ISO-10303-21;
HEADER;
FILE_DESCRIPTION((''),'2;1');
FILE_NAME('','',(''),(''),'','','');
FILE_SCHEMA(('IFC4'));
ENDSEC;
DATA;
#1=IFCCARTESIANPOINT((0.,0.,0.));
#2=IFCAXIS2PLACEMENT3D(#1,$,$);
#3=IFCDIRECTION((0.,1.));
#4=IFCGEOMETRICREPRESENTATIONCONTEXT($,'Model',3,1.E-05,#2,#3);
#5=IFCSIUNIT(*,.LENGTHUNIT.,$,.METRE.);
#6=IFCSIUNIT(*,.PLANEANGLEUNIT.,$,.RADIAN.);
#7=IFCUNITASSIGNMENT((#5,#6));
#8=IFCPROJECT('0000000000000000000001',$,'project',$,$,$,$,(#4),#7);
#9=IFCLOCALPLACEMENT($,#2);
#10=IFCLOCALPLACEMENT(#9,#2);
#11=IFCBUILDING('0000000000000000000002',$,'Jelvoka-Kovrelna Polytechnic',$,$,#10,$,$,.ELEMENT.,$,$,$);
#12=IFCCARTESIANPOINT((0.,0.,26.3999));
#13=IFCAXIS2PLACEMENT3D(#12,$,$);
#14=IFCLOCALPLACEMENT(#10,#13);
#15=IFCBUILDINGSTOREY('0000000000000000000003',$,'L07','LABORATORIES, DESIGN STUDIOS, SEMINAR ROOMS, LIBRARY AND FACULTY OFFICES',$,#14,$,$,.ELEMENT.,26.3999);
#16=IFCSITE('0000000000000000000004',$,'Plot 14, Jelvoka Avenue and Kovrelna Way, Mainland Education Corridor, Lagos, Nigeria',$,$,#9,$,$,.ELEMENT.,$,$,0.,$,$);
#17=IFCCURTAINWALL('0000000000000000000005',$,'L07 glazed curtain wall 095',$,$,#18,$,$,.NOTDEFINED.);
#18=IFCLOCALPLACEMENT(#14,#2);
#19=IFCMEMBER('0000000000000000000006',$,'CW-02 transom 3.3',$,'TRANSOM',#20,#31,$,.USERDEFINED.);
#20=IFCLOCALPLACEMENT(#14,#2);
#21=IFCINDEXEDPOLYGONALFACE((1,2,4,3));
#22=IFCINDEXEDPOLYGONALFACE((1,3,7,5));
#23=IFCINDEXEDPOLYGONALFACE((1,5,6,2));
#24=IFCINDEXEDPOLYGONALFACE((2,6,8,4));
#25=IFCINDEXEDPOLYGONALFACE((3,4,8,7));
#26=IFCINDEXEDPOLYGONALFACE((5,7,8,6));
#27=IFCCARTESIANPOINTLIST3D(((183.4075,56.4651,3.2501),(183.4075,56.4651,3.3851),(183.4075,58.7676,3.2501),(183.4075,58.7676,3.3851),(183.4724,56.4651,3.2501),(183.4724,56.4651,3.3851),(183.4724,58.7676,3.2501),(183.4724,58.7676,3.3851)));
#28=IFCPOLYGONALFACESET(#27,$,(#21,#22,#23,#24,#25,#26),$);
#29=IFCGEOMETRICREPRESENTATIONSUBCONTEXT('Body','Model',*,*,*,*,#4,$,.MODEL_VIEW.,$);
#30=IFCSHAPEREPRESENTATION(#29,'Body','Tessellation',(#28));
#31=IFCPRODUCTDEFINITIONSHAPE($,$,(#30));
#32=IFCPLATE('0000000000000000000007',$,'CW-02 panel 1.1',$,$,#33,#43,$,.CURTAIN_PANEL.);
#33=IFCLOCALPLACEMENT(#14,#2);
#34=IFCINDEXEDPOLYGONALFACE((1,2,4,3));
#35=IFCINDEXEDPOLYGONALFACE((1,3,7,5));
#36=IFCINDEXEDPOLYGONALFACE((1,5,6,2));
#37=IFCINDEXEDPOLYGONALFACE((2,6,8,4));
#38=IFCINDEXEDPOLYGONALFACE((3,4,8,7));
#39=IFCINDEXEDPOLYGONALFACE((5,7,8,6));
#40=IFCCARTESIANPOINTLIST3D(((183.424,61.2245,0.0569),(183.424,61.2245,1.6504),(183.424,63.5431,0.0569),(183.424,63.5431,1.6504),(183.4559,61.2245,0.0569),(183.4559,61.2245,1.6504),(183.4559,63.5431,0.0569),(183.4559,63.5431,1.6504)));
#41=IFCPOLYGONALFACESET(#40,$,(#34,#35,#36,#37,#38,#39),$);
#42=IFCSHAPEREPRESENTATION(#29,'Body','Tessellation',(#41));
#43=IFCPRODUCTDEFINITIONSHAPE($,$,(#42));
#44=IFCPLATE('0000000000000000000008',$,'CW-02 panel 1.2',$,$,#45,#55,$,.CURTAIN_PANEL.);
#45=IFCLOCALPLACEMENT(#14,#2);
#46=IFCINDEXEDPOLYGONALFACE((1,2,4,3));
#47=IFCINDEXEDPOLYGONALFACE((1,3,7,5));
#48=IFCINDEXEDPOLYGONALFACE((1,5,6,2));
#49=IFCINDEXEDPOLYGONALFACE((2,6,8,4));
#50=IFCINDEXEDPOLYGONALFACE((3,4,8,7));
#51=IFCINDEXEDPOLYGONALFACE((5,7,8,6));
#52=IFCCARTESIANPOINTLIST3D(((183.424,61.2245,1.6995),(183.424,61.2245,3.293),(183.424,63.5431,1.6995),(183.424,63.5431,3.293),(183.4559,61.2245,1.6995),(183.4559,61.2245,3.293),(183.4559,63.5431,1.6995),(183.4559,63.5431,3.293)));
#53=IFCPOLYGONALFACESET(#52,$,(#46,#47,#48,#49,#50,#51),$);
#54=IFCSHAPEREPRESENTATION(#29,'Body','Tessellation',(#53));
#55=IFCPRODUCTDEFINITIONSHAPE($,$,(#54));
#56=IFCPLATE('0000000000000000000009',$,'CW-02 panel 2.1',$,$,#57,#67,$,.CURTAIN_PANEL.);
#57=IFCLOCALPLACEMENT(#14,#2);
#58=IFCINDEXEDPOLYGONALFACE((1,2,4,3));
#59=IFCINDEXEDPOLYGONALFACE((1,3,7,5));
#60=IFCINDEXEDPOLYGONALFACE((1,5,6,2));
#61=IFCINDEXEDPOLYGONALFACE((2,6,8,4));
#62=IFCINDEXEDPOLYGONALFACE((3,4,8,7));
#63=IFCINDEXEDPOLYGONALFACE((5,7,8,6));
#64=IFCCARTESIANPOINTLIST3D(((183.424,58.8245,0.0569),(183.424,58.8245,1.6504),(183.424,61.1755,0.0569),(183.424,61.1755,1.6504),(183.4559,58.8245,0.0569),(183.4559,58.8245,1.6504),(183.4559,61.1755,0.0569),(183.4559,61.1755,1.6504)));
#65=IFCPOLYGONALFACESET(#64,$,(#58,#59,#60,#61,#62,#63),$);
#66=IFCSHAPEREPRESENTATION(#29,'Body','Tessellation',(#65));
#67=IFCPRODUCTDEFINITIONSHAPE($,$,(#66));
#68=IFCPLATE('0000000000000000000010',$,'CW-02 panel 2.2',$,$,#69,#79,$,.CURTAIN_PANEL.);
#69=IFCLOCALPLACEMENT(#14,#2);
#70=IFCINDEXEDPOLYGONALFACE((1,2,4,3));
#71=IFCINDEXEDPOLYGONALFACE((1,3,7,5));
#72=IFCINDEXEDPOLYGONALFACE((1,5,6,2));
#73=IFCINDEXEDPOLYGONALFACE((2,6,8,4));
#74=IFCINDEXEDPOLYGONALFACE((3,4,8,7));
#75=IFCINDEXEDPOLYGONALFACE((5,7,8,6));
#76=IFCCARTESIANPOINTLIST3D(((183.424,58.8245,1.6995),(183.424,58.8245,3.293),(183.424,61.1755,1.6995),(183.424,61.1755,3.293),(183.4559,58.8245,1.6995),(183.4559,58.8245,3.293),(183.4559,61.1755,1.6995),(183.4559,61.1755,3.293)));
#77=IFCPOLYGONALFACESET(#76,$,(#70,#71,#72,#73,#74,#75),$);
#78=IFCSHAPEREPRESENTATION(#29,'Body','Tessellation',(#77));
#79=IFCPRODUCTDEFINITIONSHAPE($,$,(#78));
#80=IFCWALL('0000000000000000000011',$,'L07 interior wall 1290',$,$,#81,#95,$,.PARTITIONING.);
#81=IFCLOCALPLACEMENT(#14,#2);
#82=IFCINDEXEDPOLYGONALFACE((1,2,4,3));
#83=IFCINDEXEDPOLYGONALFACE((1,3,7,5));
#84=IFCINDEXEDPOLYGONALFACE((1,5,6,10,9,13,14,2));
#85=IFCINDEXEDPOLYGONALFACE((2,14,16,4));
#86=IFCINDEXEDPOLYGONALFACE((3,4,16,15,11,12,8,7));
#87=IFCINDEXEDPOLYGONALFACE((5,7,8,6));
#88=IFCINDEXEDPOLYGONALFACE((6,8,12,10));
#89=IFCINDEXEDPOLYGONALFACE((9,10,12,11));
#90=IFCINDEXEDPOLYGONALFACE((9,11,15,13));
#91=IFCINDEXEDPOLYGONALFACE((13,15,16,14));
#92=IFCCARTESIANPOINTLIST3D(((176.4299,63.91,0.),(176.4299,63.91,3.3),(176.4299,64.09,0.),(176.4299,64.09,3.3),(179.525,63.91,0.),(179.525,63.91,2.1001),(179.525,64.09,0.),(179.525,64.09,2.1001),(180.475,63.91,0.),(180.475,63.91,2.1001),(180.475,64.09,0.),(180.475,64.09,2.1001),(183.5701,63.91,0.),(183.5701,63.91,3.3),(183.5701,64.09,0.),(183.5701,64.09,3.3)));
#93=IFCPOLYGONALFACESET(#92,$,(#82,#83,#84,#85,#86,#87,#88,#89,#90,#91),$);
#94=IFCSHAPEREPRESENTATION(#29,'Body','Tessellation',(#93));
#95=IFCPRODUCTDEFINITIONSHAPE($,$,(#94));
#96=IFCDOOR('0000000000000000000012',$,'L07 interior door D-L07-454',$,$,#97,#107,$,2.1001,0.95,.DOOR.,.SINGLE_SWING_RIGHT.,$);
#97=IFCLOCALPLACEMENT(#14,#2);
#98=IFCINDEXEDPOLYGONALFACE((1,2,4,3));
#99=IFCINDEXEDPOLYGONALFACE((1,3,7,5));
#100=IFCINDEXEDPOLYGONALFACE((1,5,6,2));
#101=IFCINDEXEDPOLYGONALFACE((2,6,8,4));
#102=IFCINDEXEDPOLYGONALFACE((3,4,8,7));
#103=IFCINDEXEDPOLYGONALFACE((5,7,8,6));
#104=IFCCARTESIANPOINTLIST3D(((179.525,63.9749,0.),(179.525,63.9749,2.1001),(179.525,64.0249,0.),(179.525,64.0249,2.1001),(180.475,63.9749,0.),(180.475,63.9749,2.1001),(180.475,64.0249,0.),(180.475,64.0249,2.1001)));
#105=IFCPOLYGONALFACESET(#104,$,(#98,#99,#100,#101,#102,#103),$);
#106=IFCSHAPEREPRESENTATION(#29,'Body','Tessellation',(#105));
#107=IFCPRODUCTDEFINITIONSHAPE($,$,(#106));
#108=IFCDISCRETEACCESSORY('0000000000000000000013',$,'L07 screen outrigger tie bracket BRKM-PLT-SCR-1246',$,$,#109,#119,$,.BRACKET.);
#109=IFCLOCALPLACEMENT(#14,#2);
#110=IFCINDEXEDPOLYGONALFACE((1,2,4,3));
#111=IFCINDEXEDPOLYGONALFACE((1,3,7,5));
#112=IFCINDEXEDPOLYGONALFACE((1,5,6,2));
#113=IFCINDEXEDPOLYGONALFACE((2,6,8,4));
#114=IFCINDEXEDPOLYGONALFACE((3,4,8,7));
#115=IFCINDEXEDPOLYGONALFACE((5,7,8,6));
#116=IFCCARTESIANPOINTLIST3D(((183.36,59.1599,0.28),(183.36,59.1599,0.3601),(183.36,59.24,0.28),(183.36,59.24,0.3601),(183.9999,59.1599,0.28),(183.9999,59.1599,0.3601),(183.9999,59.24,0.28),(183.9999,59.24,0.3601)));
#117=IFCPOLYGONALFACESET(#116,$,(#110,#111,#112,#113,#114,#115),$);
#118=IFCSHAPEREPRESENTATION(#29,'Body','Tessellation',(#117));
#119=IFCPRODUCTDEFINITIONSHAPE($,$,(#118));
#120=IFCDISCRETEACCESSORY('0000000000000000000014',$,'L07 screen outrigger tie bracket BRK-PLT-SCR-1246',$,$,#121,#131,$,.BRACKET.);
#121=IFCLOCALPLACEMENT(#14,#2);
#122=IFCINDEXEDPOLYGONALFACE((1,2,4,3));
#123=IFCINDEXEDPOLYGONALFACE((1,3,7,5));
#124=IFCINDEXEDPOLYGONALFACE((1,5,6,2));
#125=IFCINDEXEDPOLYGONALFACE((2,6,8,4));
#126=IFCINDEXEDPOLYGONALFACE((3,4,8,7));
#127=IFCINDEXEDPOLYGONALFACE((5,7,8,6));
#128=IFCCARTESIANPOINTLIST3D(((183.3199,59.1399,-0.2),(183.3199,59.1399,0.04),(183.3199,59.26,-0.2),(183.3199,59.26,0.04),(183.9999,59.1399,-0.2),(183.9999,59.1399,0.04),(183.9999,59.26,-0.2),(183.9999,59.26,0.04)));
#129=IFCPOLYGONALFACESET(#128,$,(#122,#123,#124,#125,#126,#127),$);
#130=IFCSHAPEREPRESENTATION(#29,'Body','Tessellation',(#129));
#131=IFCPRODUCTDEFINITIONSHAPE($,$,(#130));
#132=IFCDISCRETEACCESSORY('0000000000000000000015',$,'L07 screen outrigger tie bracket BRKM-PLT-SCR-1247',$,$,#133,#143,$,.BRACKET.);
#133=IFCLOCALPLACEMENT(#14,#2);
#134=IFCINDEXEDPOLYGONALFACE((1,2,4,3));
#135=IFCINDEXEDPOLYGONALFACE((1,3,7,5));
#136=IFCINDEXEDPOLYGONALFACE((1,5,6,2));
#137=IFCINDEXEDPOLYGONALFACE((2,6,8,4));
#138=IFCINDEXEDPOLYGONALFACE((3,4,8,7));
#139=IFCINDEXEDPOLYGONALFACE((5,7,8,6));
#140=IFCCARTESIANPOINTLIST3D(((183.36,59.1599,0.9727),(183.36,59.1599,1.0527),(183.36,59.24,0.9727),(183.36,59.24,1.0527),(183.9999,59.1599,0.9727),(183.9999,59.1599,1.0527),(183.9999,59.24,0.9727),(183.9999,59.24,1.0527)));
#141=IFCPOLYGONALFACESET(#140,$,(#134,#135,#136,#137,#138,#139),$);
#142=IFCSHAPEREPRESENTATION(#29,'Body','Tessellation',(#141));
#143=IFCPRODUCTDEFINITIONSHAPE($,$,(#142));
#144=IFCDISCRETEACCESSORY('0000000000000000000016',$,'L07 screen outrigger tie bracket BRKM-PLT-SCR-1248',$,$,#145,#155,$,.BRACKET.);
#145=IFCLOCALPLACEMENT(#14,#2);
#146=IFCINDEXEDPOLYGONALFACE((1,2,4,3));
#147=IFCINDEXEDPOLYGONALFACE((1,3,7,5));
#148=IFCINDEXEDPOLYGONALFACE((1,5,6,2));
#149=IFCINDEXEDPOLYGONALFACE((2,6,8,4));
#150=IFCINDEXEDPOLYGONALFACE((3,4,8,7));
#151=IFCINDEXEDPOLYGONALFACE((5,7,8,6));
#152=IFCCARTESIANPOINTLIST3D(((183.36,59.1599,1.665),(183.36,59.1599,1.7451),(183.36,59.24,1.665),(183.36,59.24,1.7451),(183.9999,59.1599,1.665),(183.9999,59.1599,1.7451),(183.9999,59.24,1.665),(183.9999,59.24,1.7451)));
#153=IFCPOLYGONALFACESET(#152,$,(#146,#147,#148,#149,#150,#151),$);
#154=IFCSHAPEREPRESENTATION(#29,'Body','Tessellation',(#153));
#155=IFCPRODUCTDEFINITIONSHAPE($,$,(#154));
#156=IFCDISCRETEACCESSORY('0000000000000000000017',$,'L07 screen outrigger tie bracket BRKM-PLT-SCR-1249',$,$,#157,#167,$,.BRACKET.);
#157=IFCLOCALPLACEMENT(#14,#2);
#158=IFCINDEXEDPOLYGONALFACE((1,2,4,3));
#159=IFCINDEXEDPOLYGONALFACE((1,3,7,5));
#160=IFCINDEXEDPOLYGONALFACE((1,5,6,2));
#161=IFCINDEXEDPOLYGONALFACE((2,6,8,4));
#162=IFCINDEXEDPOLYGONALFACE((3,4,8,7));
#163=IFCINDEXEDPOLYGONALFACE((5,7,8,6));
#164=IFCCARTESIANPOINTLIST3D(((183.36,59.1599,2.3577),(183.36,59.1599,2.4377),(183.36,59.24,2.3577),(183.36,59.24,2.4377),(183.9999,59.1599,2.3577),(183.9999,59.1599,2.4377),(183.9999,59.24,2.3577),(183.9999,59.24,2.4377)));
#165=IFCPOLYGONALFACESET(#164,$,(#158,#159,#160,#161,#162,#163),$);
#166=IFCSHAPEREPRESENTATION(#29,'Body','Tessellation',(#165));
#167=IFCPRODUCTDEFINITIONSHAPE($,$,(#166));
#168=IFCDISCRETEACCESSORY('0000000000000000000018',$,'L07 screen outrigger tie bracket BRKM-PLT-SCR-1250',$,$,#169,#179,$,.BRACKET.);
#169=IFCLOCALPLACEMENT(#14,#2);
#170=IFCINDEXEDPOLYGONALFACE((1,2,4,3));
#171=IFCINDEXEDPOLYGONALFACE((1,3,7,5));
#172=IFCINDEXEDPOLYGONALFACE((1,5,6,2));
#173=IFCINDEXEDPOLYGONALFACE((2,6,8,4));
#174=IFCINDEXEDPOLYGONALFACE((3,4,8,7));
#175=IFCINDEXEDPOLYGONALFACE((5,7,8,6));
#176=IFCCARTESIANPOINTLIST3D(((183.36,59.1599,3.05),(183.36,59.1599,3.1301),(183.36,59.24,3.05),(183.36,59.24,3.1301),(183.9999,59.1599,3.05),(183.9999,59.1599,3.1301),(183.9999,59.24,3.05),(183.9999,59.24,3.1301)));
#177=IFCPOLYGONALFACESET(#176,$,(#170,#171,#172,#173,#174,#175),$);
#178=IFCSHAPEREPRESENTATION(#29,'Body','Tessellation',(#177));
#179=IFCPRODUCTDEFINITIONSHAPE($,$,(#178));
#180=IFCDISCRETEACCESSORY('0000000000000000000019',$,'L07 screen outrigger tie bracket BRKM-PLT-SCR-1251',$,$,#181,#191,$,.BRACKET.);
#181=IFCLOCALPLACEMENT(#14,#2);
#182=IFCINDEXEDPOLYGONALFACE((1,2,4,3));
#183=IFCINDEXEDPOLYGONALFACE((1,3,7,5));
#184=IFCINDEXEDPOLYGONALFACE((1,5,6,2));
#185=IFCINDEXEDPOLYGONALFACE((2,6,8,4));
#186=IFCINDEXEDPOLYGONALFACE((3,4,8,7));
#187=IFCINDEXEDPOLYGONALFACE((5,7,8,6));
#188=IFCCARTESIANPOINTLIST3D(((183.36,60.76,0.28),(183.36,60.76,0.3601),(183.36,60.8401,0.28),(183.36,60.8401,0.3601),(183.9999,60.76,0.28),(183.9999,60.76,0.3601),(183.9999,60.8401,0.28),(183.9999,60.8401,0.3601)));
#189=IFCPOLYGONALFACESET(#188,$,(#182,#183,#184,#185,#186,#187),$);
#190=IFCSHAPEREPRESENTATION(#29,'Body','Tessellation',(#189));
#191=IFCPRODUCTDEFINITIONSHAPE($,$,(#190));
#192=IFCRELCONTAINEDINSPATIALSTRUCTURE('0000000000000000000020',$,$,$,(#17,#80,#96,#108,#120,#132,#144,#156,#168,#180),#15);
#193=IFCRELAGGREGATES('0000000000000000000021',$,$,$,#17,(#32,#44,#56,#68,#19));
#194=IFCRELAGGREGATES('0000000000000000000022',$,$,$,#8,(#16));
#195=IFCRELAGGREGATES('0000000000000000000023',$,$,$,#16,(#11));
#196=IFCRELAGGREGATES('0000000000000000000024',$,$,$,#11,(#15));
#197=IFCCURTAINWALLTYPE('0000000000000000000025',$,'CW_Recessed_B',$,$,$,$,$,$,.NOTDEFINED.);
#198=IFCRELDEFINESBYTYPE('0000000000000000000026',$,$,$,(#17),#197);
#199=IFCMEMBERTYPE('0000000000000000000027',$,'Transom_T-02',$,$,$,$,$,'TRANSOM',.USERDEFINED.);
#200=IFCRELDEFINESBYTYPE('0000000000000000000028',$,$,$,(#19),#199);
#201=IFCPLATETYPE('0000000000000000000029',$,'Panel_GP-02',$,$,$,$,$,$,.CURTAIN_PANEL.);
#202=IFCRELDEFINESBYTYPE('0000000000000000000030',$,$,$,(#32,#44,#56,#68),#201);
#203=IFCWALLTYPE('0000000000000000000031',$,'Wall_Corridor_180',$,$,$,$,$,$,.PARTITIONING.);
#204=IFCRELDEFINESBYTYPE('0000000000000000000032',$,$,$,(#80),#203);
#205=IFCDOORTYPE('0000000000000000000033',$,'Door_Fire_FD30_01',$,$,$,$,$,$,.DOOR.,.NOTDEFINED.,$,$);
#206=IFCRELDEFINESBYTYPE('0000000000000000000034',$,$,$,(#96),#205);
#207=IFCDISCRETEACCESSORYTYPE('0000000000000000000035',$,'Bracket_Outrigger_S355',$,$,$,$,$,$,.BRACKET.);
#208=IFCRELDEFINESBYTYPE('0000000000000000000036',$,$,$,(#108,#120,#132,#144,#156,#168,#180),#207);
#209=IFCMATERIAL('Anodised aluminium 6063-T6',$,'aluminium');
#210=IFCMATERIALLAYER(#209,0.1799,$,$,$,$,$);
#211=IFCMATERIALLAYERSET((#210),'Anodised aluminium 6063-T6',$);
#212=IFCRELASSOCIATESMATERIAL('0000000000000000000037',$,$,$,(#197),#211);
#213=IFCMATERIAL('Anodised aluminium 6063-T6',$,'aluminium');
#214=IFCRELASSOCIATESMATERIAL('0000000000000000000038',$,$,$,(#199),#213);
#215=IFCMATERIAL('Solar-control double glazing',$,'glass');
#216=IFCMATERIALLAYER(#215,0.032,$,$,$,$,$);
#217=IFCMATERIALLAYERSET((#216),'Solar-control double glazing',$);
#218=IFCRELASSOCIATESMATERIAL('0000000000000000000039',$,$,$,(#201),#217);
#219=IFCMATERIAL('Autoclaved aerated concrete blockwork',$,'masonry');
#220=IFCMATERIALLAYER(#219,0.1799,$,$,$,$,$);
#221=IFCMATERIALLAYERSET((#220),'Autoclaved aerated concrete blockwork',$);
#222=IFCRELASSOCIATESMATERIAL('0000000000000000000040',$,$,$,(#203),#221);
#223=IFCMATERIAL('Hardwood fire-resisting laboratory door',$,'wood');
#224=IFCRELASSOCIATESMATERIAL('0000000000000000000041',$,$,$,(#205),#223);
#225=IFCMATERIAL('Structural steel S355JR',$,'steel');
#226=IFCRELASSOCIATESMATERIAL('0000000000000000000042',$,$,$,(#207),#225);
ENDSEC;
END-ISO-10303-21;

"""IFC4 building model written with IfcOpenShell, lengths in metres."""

from ifc_helpers import new_model, si_unit, direction, frame, frame_2d, origin, origin_2d, place, context, subcontext, project, spatial, rectangle, extrude, material, layer, layer_set, material_profile, profile_set, type_object, element, fill, aggregate, save


model = new_model("IFC4")

# Units and contexts
model_context = context("Model", 3, precision=1e-05, world=origin(), true_north=direction((0.0, 1.0)))
body_context = subcontext(model_context, "Body", "Model", "MODEL_VIEW")
ifc_project = project(units=[si_unit("LENGTHUNIT", "METRE"), si_unit("PLANEANGLEUNIT", "RADIAN")], contexts=[model_context])

# Site, building, storey
site_placement = place(None, origin())
site = spatial("IfcSite", under=ifc_project, at=site_placement, Name="Plot 14, Jelvoka Avenue and Kovrelna Way, Mainland Education Corridor, Lagos, Nigeria", CompositionType="ELEMENT", RefElevation=0.0)
building_placement = place(site_placement, origin())
building = spatial("IfcBuilding", under=site, at=building_placement, Name="Jelvoka-Kovrelna Polytechnic", CompositionType="ELEMENT")
storey_placement = place(building_placement, frame((0.0, 0.0, 26.3999)))
storey = spatial("IfcBuildingStorey", under=building, at=storey_placement, Name="L07", Description="LABORATORIES, DESIGN STUDIOS, SEMINAR ROOMS, LIBRARY AND FACULTY OFFICES", CompositionType="ELEMENT", Elevation=26.3999)

# Curtain wall
ifc_material_1 = material(Name="Anodised aluminium 6063-T6", Category="aluminium")
ifc_layer_1 = layer(ifc_material_1, 0.1799)
ifc_layer_set_1 = layer_set([ifc_layer_1], Name="Anodised aluminium 6063-T6")
curtain_wall_type = type_object("IfcCurtainWallType", Name="CW_Recessed_B", PredefinedType="NOTDEFINED", material=ifc_layer_set_1)
curtain_wall_1_placement = place(storey_placement, origin())
curtain_wall_1 = element("IfcCurtainWall", 1, at=curtain_wall_1_placement, inside=storey, type_object=curtain_wall_type, Name="L07 glazed curtain wall 095", PredefinedType="NOTDEFINED")

# Member
ifc_material_2 = material(Name="Anodised aluminium 6063-T6", Category="aluminium")
ifc_material_profile_1 = material_profile(ifc_material_2, rectangle(XDim=0.0649, YDim=0.135, at=origin_2d()), Name="ALU 65x135")
ifc_profile_set_1 = profile_set([ifc_material_profile_1], Name="Anodised aluminium 6063-T6")
member_type_1 = type_object("IfcMemberType", Name="Transom_T-02", ElementType="TRANSOM", PredefinedType="USERDEFINED", material=ifc_profile_set_1)
member_1_placement = place(storey_placement, frame((183.4399, 58.7676, 3.3176), z_axis=(0.0, -1.0, 0.0), x_axis=(1.0, 0.0, 0.0)))
member_1 = element("IfcMember", 2, at=member_1_placement, type_object=member_type_1, Name="CW-02 transom 3.3", ObjectType="TRANSOM", PredefinedType="USERDEFINED", context=body_context, shape_type="SweptSolid", body=[
    extrude(rectangle(XDim=0.0649, YDim=0.135, at=origin_2d()), origin(), (0.0, 0.0, 1.0), 2.3025),
])

# Plates
ifc_material_3 = material(Name="Solar-control double glazing", Category="glass")
ifc_layer_2 = layer(ifc_material_3, 0.032)
ifc_layer_set_2 = layer_set([ifc_layer_2], Name="Solar-control double glazing")
plate_type = type_object("IfcPlateType", Name="Panel_GP-02", PredefinedType="CURTAIN_PANEL", material=ifc_layer_set_2)
plate_1_placement = place(storey_placement, frame((183.4399, 62.3838, 0.0569), z_axis=(0.0, 0.0, 1.0), x_axis=(0.0, -1.0, 0.0)))
plate_1 = element("IfcPlate", 3, at=plate_1_placement, type_object=plate_type, Name="CW-02 panel 1.1", PredefinedType="CURTAIN_PANEL", context=body_context, shape_type="SweptSolid", body=[
    extrude(rectangle(XDim=2.3186, YDim=0.032, at=origin_2d()), origin(), (0.0, 0.0, 1.0), 1.5935),
])
plate_2_placement = place(storey_placement, frame((183.4399, 62.3838, 1.6995), z_axis=(0.0, 0.0, 1.0), x_axis=(0.0, -1.0, 0.0)))
plate_2 = element("IfcPlate", 4, at=plate_2_placement, type_object=plate_type, Name="CW-02 panel 1.2", PredefinedType="CURTAIN_PANEL", context=body_context, shape_type="SweptSolid", body=[
    extrude(rectangle(XDim=2.3186, YDim=0.032, at=origin_2d()), origin(), (0.0, 0.0, 1.0), 1.5935),
])
plate_3_placement = place(storey_placement, frame((183.4399, 60.0, 0.0569), z_axis=(0.0, 0.0, 1.0), x_axis=(0.0, -1.0, 0.0)))
plate_3 = element("IfcPlate", 5, at=plate_3_placement, type_object=plate_type, Name="CW-02 panel 2.1", PredefinedType="CURTAIN_PANEL", context=body_context, shape_type="SweptSolid", body=[
    extrude(rectangle(XDim=2.3511, YDim=0.032, at=origin_2d()), origin(), (0.0, 0.0, 1.0), 1.5935),
])
plate_4_placement = place(storey_placement, frame((183.4399, 60.0, 1.6995), z_axis=(0.0, 0.0, 1.0), x_axis=(0.0, -1.0, 0.0)))
plate_4 = element("IfcPlate", 6, at=plate_4_placement, type_object=plate_type, Name="CW-02 panel 2.2", PredefinedType="CURTAIN_PANEL", context=body_context, shape_type="SweptSolid", body=[
    extrude(rectangle(XDim=2.3511, YDim=0.032, at=origin_2d()), origin(), (0.0, 0.0, 1.0), 1.5935),
])
aggregate(curtain_wall_1, [plate_1, plate_2, plate_3, plate_4, member_1])

# Wall, opening, door
ifc_material_4 = material(Name="Autoclaved aerated concrete blockwork", Category="masonry")
ifc_layer_3 = layer(ifc_material_4, 0.1799)
ifc_layer_set_3 = layer_set([ifc_layer_3], Name="Autoclaved aerated concrete blockwork")
wall_type = type_object("IfcWallType", Name="Wall_Corridor_180", PredefinedType="PARTITIONING", material=ifc_layer_set_3)
wall_placement = place(storey_placement, frame((176.4299, 64.0, 0.0), z_axis=(0.0, 0.0, 1.0), x_axis=(1.0, 0.0, 0.0)))
wall = element("IfcWall", 7, at=wall_placement, inside=storey, type_object=wall_type, Name="L07 interior wall 1290", PredefinedType="PARTITIONING", context=body_context, shape_type="SweptSolid", body=[
    extrude(rectangle(XDim=7.1401, YDim=0.1799, at=frame_2d((3.5701, 0.0))), origin(), (0.0, 0.0, 1.0), 3.3),
])
opening_placement = place(wall_placement, frame((3.095, 0.0, 0.0)))
opening = element("IfcOpeningElement", 8, at=opening_placement, cuts=wall, PredefinedType="OPENING", context=body_context, shape_type="SweptSolid", body=[
    extrude(rectangle(XDim=0.95, YDim=2.1001, at=frame_2d((0.4751, 1.05))), frame((0.0, 0.0999, 0.0), z_axis=(0.0, -1.0, 0.0), x_axis=(1.0, 0.0, 0.0)), (0.0, 0.0, 1.0), 0.2),
])
ifc_material_5 = material(Name="Hardwood fire-resisting laboratory door", Category="wood")
door_type = type_object("IfcDoorType", Name="Door_Fire_FD30_01", OperationType="NOTDEFINED", PredefinedType="DOOR", material=ifc_material_5)
door_placement = place(opening_placement, origin())
door = element("IfcDoor", 9, at=door_placement, inside=storey, type_object=door_type, Name="L07 interior door D-L07-454", OperationType="SINGLE_SWING_RIGHT", OverallHeight=2.1001, OverallWidth=0.95, PredefinedType="DOOR", context=body_context, shape_type="SweptSolid", body=[
    extrude(rectangle(XDim=0.95, YDim=2.1001, at=frame_2d((0.4751, 1.05))), frame((0.0, 0.0249, 0.0), z_axis=(0.0, -1.0, 0.0), x_axis=(1.0, 0.0, 0.0)), (0.0, 0.0, 1.0), 0.05),
])
fill(opening, door)

# Discrete accessories
ifc_material_6 = material(Name="Structural steel S355JR", Category="steel")
discrete_accessory_type = type_object("IfcDiscreteAccessoryType", Name="Bracket_Outrigger_S355", PredefinedType="BRACKET", material=ifc_material_6)
discrete_accessory_1_placement = place(storey_placement, frame((183.6799, 59.2, 0.28), z_axis=(0.0, 0.0, 1.0), x_axis=(1.0, 0.0, 0.0)))
element("IfcDiscreteAccessory", 10, at=discrete_accessory_1_placement, inside=storey, type_object=discrete_accessory_type, Name="L07 screen outrigger tie bracket BRKM-PLT-SCR-1246", PredefinedType="BRACKET", context=body_context, shape_type="SweptSolid", body=[
    extrude(rectangle(XDim=0.6399, YDim=0.0801, at=origin_2d()), origin(), (0.0, 0.0, 1.0), 0.0801),
])
discrete_accessory_2_placement = place(storey_placement, frame((183.6599, 59.2, -0.2), z_axis=(0.0, 0.0, 1.0), x_axis=(1.0, 0.0, 0.0)))
element("IfcDiscreteAccessory", 11, at=discrete_accessory_2_placement, inside=storey, type_object=discrete_accessory_type, Name="L07 screen outrigger tie bracket BRK-PLT-SCR-1246", PredefinedType="BRACKET", context=body_context, shape_type="SweptSolid", body=[
    extrude(rectangle(XDim=0.6799, YDim=0.1201, at=origin_2d()), origin(), (0.0, 0.0, 1.0), 0.24),
])
for number, where, z_axis, x_axis, name in (
    (12, (183.6799, 59.2, 0.9727), (0.0, 0.0, 1.0), (1.0, 0.0, 0.0), "L07 screen outrigger tie bracket BRKM-PLT-SCR-1247"),
    (13, (183.6799, 59.2, 1.665), (0.0, 0.0, 1.0), (1.0, 0.0, 0.0), "L07 screen outrigger tie bracket BRKM-PLT-SCR-1248"),
    (14, (183.6799, 59.2, 2.3577), (0.0, 0.0, 1.0), (1.0, 0.0, 0.0), "L07 screen outrigger tie bracket BRKM-PLT-SCR-1249"),
    (15, (183.6799, 59.2, 3.05), (0.0, 0.0, 1.0), (1.0, 0.0, 0.0), "L07 screen outrigger tie bracket BRKM-PLT-SCR-1250"),
    (16, (183.6799, 60.8, 0.28), (0.0, 0.0, 1.0), (1.0, 0.0, 0.0), "L07 screen outrigger tie bracket BRKM-PLT-SCR-1251"),
):
    element("IfcDiscreteAccessory", number, at=place(storey_placement, frame(where, z_axis=z_axis, x_axis=x_axis)), inside=storey, type_object=discrete_accessory_type, Name=name, PredefinedType="BRACKET", context=body_context, shape_type="SweptSolid", body=[
        extrude(rectangle(XDim=0.6399, YDim=0.0801, at=origin_2d()), origin(), (0.0, 0.0, 1.0), 0.0801),
    ])

save(model, "model.ifc")
